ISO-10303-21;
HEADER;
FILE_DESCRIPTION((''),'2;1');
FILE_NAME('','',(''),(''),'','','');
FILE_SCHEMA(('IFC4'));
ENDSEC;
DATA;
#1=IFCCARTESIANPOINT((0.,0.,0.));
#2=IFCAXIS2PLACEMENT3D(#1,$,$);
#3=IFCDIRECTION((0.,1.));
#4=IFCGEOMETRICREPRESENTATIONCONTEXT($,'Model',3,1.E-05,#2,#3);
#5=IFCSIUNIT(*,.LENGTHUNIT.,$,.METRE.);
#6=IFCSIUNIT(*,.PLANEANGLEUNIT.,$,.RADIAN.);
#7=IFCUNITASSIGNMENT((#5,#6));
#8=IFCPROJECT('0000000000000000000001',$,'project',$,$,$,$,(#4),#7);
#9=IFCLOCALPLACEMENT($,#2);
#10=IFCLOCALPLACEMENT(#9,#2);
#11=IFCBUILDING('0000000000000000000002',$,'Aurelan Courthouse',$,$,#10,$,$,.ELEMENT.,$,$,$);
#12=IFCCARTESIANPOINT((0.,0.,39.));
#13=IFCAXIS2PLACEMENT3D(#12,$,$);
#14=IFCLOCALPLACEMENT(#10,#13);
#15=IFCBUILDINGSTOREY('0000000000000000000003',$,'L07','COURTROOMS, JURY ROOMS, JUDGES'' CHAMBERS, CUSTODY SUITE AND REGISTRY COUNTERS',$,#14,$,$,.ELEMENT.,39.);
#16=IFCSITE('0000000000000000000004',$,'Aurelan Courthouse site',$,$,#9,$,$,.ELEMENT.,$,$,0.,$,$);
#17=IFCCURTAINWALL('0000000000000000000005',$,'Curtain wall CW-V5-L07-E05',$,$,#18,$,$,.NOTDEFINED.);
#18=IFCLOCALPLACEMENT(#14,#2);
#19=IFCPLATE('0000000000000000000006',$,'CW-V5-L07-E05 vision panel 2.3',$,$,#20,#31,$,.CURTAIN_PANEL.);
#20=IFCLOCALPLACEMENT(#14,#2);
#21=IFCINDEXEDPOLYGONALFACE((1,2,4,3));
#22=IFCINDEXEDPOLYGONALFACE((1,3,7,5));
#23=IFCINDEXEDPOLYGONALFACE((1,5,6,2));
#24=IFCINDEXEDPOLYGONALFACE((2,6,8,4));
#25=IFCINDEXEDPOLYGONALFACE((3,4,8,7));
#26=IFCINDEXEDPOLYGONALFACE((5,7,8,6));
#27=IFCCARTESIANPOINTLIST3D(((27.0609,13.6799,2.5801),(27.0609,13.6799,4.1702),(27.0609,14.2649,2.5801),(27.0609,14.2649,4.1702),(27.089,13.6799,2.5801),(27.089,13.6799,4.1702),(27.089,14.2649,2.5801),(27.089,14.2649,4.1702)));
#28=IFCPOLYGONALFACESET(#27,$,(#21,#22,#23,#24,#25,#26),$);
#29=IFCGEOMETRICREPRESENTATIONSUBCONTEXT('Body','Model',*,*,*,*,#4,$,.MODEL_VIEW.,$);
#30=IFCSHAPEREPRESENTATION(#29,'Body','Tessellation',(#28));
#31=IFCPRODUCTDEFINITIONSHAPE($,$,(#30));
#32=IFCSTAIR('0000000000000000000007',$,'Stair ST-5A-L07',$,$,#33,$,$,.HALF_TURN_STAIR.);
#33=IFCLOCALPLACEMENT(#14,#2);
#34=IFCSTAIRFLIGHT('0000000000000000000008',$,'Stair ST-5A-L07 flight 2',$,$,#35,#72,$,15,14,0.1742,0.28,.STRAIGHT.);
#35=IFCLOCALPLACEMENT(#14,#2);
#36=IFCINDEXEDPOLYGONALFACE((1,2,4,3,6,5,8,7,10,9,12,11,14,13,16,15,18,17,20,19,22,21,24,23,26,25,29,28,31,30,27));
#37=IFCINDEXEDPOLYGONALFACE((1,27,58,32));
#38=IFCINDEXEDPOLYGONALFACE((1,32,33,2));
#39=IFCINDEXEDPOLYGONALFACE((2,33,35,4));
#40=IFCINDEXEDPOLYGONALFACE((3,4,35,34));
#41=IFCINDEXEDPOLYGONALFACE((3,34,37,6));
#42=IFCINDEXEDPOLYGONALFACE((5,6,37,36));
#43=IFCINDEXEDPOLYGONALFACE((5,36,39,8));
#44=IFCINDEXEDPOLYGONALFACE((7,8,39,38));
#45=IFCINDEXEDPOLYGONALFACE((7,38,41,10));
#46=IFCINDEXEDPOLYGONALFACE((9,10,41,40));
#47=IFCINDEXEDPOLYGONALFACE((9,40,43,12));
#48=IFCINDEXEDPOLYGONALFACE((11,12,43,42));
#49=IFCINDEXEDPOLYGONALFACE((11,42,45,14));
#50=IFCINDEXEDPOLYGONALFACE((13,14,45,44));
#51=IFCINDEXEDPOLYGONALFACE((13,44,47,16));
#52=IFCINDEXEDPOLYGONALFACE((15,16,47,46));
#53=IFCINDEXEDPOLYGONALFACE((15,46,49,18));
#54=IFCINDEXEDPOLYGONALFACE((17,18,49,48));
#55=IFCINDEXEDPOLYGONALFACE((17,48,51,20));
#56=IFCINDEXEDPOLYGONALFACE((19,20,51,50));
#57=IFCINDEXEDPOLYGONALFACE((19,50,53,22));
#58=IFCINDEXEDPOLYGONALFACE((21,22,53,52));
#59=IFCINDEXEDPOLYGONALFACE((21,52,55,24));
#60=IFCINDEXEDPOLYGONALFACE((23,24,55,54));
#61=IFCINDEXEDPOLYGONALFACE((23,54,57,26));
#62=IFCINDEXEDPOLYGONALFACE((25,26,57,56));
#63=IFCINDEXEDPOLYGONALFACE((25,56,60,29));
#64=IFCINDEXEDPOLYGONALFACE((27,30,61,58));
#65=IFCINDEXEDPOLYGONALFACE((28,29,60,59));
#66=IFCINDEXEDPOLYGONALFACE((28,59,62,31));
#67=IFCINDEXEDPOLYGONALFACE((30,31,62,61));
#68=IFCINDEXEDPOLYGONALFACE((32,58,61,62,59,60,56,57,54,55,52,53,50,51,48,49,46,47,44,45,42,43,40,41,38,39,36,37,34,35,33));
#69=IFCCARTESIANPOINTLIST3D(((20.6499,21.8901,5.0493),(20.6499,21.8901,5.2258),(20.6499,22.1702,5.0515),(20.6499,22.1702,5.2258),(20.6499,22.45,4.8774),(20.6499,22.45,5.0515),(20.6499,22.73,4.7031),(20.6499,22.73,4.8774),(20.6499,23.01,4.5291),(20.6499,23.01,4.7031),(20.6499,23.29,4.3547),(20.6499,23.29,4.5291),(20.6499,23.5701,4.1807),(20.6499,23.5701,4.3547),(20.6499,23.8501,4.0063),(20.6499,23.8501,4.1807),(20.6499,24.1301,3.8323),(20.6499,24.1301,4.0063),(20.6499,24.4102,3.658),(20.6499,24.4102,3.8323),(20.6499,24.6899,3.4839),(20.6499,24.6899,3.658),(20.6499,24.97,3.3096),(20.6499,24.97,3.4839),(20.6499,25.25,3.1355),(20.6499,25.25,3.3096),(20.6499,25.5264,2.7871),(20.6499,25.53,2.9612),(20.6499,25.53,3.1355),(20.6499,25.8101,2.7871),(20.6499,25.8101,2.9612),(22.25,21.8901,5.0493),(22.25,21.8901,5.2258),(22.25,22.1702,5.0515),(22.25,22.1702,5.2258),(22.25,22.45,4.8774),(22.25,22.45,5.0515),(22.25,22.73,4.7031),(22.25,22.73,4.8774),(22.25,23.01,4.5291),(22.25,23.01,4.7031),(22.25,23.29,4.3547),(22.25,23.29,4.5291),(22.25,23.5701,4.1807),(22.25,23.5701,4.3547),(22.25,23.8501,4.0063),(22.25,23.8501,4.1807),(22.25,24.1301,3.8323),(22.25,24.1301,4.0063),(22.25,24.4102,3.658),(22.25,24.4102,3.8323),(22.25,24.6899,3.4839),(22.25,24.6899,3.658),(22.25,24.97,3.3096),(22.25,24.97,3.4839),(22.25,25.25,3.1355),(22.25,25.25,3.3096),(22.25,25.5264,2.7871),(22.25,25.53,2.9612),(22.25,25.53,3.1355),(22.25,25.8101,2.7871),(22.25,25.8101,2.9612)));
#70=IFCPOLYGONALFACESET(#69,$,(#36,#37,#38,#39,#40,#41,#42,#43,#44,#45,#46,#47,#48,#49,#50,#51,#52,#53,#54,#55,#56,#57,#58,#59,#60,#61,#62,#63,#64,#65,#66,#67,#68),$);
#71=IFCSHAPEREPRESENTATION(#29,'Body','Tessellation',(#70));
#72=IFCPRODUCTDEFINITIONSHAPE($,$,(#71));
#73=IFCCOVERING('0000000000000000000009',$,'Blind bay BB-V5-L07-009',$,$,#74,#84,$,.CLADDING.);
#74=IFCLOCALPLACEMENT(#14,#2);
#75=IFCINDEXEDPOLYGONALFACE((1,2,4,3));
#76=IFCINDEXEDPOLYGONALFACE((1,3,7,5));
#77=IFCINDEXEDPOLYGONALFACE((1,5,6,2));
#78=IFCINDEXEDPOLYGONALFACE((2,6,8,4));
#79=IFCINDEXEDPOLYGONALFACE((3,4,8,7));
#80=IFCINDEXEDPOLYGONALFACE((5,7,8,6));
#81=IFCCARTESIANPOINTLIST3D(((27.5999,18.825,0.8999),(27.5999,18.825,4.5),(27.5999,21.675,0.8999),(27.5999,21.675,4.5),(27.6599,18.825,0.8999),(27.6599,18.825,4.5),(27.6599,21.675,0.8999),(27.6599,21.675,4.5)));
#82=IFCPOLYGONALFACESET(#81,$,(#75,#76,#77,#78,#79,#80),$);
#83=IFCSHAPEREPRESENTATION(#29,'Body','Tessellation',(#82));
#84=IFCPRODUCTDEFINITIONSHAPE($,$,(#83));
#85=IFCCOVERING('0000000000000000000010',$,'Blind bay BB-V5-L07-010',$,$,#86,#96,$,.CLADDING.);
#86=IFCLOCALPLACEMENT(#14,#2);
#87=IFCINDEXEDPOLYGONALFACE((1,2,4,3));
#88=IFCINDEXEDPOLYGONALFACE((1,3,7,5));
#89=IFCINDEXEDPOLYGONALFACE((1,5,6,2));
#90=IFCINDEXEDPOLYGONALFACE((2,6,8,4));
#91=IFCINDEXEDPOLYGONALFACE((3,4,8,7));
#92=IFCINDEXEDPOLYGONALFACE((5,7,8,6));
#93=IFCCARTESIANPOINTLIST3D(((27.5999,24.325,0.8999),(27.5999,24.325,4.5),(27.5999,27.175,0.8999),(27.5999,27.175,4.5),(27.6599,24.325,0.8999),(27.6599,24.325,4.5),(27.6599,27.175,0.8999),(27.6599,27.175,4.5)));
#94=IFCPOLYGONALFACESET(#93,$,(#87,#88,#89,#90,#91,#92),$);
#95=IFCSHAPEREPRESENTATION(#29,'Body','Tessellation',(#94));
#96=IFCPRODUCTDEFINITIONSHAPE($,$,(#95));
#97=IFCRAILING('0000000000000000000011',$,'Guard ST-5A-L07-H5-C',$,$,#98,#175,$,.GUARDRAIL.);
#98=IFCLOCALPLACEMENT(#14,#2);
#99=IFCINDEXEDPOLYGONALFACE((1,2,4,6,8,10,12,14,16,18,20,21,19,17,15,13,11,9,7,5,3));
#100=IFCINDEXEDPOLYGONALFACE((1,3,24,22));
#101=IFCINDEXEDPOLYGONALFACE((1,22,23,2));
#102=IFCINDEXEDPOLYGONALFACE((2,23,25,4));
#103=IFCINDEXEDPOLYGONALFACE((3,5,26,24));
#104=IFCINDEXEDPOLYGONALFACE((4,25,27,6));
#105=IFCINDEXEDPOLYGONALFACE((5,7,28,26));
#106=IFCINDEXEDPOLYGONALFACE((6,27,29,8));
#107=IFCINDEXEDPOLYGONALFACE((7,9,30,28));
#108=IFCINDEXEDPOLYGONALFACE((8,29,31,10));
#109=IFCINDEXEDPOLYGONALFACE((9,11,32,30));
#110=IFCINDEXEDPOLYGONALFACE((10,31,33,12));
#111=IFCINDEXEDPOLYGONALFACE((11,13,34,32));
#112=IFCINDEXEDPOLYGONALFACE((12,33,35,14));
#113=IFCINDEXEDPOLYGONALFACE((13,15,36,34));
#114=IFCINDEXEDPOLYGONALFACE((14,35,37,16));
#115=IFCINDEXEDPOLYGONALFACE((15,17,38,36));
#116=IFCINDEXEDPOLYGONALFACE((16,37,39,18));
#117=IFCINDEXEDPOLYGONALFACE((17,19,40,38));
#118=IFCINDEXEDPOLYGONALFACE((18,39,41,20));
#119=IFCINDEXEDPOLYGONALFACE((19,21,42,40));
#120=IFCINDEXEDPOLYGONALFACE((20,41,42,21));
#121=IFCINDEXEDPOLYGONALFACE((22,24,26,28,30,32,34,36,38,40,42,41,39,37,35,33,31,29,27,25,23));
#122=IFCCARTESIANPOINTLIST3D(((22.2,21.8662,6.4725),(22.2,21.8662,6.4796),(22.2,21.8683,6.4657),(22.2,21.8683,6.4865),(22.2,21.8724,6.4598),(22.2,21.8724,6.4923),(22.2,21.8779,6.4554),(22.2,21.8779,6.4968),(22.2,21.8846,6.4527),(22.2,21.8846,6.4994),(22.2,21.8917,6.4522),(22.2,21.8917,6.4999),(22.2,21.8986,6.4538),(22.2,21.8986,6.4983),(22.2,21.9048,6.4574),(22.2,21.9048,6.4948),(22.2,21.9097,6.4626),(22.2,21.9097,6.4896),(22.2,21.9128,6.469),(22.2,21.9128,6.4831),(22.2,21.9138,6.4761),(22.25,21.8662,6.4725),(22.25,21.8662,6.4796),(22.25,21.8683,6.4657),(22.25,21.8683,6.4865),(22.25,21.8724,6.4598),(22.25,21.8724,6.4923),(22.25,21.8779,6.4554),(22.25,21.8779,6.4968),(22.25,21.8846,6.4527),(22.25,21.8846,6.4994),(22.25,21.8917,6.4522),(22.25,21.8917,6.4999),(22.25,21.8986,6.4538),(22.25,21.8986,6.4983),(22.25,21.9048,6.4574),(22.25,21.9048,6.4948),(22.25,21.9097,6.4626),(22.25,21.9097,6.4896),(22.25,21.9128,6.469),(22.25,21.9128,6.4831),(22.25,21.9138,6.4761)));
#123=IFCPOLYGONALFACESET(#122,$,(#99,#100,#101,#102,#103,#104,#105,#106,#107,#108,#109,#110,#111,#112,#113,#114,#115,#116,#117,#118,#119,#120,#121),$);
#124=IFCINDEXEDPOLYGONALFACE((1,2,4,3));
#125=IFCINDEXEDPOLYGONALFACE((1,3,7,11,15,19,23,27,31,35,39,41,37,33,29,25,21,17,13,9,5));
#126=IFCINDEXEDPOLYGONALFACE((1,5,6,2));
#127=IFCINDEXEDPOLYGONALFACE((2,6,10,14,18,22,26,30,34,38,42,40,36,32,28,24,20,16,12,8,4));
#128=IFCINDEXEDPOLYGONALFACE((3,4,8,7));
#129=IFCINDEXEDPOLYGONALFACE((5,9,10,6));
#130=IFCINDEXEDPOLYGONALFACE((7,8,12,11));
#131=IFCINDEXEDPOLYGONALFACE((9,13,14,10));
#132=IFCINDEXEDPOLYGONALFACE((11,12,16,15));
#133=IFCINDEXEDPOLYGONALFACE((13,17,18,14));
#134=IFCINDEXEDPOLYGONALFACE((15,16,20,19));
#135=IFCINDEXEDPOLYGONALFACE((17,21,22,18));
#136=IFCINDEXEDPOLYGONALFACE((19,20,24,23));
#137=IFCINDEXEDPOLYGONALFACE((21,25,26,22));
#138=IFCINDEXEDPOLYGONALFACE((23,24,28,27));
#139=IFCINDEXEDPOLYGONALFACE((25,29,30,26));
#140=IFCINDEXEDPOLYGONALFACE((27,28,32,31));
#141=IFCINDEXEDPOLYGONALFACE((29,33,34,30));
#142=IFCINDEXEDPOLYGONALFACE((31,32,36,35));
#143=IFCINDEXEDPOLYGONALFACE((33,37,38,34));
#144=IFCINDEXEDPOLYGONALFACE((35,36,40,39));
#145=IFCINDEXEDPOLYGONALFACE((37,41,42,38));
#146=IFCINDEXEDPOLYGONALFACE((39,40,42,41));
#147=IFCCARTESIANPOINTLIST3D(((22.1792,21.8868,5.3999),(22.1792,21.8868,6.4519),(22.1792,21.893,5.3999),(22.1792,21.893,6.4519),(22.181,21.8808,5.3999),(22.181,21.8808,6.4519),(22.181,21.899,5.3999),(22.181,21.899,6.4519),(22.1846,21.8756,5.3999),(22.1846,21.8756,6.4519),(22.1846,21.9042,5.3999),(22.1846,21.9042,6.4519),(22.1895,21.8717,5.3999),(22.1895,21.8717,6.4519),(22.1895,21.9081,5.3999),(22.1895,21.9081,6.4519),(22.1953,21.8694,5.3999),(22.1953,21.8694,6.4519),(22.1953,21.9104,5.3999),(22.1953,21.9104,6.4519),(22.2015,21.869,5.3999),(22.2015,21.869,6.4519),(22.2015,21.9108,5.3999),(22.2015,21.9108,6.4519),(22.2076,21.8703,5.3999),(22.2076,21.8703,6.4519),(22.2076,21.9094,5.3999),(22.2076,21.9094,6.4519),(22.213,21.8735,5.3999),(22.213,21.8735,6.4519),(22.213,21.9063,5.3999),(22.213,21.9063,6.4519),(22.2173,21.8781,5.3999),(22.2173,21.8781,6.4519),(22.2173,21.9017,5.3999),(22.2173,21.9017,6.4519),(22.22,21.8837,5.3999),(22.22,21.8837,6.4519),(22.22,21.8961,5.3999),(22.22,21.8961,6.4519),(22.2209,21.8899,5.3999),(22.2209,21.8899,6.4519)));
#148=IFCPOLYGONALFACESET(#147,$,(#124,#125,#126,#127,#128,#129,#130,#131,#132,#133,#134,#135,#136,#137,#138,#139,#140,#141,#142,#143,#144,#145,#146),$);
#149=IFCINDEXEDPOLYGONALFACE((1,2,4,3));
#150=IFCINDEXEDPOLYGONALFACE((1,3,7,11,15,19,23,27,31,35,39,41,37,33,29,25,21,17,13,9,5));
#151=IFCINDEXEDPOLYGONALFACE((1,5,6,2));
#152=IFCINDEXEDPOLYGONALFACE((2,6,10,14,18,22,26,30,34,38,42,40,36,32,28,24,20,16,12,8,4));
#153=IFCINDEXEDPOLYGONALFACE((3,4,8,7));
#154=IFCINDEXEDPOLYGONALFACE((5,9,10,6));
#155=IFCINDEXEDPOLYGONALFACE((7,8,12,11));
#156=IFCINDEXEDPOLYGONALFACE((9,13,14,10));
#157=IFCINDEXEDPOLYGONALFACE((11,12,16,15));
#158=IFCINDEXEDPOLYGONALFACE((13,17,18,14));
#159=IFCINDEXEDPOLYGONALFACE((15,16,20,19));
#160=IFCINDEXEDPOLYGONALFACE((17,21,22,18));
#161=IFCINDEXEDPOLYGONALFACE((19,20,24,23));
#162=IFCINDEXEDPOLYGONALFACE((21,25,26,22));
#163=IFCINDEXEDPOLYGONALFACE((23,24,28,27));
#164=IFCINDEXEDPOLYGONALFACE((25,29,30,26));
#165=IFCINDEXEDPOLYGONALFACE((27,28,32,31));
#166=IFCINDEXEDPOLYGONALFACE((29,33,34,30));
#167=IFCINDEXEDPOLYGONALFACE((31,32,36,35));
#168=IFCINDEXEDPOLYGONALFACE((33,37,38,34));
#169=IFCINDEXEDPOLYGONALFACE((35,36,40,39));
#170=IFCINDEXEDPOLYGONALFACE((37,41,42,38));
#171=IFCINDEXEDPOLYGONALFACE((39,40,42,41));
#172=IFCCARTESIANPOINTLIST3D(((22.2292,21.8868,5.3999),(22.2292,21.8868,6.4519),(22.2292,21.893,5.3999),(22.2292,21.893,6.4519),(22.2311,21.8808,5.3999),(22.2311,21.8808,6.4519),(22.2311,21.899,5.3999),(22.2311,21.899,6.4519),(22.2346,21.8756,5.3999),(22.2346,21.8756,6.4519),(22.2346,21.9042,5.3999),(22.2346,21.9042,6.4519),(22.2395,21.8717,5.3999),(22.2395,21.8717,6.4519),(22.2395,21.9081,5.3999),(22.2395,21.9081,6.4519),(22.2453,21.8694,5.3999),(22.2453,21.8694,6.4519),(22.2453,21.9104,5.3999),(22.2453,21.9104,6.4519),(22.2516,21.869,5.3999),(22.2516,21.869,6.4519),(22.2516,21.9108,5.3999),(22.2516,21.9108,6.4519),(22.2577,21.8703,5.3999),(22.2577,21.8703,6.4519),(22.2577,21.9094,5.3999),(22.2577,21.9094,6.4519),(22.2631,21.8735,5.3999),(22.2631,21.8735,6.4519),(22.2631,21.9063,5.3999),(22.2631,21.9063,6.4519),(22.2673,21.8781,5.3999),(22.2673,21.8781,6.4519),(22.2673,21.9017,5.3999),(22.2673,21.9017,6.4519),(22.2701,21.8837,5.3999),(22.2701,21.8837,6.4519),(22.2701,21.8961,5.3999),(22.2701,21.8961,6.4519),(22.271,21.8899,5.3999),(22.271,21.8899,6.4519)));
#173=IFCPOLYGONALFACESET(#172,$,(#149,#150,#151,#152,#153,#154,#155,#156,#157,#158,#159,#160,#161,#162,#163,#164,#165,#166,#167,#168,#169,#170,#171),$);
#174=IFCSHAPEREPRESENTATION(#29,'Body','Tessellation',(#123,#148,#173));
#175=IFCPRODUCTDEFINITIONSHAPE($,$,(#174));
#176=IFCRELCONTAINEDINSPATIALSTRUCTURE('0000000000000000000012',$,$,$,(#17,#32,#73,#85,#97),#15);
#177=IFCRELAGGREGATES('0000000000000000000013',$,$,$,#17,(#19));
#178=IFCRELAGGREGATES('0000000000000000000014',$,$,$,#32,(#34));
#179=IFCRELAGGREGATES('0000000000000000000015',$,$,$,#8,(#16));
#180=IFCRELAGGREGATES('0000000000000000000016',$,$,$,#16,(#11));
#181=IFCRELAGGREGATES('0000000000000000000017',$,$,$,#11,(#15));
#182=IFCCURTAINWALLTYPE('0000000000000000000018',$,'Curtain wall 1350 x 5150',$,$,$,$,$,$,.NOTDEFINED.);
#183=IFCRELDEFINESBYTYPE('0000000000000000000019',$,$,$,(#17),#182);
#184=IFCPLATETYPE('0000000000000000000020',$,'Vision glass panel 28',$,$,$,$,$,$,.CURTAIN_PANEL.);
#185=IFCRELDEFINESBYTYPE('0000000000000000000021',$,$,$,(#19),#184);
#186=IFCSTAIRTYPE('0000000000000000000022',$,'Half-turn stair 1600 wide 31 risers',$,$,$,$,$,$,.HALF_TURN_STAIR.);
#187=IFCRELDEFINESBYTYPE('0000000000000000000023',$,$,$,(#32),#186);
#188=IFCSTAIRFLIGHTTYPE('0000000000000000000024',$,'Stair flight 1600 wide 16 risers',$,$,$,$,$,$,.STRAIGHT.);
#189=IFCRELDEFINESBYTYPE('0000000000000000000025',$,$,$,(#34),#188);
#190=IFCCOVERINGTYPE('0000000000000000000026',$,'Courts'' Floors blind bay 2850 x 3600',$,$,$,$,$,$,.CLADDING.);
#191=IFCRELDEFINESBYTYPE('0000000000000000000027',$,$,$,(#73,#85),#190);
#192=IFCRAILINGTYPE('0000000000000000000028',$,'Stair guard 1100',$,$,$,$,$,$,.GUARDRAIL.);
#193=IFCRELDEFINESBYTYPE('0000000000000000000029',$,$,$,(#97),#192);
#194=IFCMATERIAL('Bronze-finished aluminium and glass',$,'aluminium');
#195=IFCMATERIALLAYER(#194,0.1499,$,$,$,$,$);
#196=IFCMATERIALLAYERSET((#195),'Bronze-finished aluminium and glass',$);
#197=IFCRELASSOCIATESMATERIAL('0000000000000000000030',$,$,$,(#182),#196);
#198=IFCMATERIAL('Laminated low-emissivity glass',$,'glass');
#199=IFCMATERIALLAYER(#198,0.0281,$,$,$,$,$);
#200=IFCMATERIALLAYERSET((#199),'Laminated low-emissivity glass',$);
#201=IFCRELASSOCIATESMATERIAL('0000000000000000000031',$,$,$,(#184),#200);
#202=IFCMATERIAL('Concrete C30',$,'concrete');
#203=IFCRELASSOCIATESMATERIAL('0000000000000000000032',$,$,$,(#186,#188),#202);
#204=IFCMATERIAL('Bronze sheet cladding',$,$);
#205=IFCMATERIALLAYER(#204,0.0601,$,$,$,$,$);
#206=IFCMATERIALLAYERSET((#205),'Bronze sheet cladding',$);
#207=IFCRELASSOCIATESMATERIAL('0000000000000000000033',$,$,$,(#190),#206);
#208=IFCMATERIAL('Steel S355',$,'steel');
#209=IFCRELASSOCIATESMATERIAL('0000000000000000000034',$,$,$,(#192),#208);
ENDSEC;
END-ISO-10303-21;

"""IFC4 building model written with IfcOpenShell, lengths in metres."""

from ifc_helpers import new_model, si_unit, direction, frame, origin, origin_2d, place, context, subcontext, project, spatial, polyline, rectangle, circle, outline, extrude, material, layer, layer_set, type_object, element, aggregate, save


model = new_model("IFC4")

# Units and contexts
model_context = context("Model", 3, precision=1e-05, world=origin(), true_north=direction((0.0, 1.0)))
body_context = subcontext(model_context, "Body", "Model", "MODEL_VIEW")
ifc_project = project(units=[si_unit("LENGTHUNIT", "METRE"), si_unit("PLANEANGLEUNIT", "RADIAN")], contexts=[model_context])

# Site, building, storey
site_placement = place(None, origin())
site = spatial("IfcSite", under=ifc_project, at=site_placement, Name="Aurelan Courthouse site", CompositionType="ELEMENT", RefElevation=0.0)
building_placement = place(site_placement, origin())
building = spatial("IfcBuilding", under=site, at=building_placement, Name="Aurelan Courthouse", CompositionType="ELEMENT")
storey_placement = place(building_placement, frame((0.0, 0.0, 39.0)))
storey = spatial("IfcBuildingStorey", under=building, at=storey_placement, Name="L07", Description="COURTROOMS, JURY ROOMS, JUDGES' CHAMBERS, CUSTODY SUITE AND REGISTRY COUNTERS", CompositionType="ELEMENT", Elevation=39.0)

# Curtain wall, plate
ifc_material_1 = material(Name="Bronze-finished aluminium and glass", Category="aluminium")
ifc_layer_1 = layer(ifc_material_1, 0.1499)
ifc_layer_set_1 = layer_set([ifc_layer_1], Name="Bronze-finished aluminium and glass")
curtain_wall_type = type_object("IfcCurtainWallType", Name="Curtain wall 1350 x 5150", PredefinedType="NOTDEFINED", material=ifc_layer_set_1)
curtain_wall_placement = place(storey_placement, origin())
curtain_wall = element("IfcCurtainWall", 1, at=curtain_wall_placement, inside=storey, type_object=curtain_wall_type, Name="Curtain wall CW-V5-L07-E05", PredefinedType="NOTDEFINED")
ifc_material_2 = material(Name="Laminated low-emissivity glass", Category="glass")
ifc_layer_2 = layer(ifc_material_2, 0.0281)
ifc_layer_set_2 = layer_set([ifc_layer_2], Name="Laminated low-emissivity glass")
plate_type_1 = type_object("IfcPlateType", Name="Vision glass panel 28", PredefinedType="CURTAIN_PANEL", material=ifc_layer_set_2)
plate_1_placement = place(storey_placement, frame((27.075, 13.9724, 2.5801), z_axis=(0.0, 0.0, 1.0), x_axis=(0.0, 1.0, 0.0)))
plate_1 = element("IfcPlate", 2, at=plate_1_placement, type_object=plate_type_1, Name="CW-V5-L07-E05 vision panel 2.3", PredefinedType="CURTAIN_PANEL", context=body_context, shape_type="SweptSolid", body=[
    extrude(rectangle(XDim=0.585, YDim=0.0281, at=origin_2d()), origin(), (0.0, 0.0, 1.0), 1.5901),
])
aggregate(curtain_wall, [plate_1])

# Stair, stair flight
ifc_material_3 = material(Name="Concrete C30", Category="concrete")
stair_type = type_object("IfcStairType", Name="Half-turn stair 1600 wide 31 risers", PredefinedType="HALF_TURN_STAIR", material=ifc_material_3)
stair_placement = place(storey_placement, origin())
stair = element("IfcStair", 3, at=stair_placement, inside=storey, type_object=stair_type, Name="Stair ST-5A-L07", PredefinedType="HALF_TURN_STAIR")
stair_flight_type = type_object("IfcStairFlightType", Name="Stair flight 1600 wide 16 risers", PredefinedType="STRAIGHT", material=ifc_material_3)
stair_flight_placement = place(storey_placement, frame((21.45, 25.8101, 2.7871), z_axis=(0.0, 0.0, 1.0), x_axis=(0.0, -1.0, 0.0)))
stair_flight = element("IfcStairFlight", 4, at=stair_flight_placement, type_object=stair_flight_type, Name="Stair ST-5A-L07 flight 2", NumberOfRisers=15, NumberOfTreads=14, PredefinedType="STRAIGHT", RiserHeight=0.1742, TreadLength=0.28, context=body_context, shape_type="SweptSolid", body=[
    extrude(outline(polyline([(0.0, 0.0), (0.0, 0.1741), (0.28, 0.1741), (0.28, 0.3484), (0.5601, 0.3484), (0.5601, 0.5225), (0.8401, 0.5225), (0.8401, 0.6968), (1.1201, 0.6968), (1.1201, 0.8708), (1.3999, 0.8708), (1.3999, 1.0452), (1.6799, 1.0452), (1.6799, 1.2192), (1.96, 1.2192), (1.96, 1.3936), (2.24, 1.3936), (2.24, 1.5676), (2.52, 1.5676), (2.52, 1.7419), (2.8, 1.7419), (2.8, 1.916), (3.0801, 1.916), (3.0801, 2.0903), (3.3601, 2.0903), (3.3601, 2.2644), (3.6399, 2.2644), (3.6399, 2.4387), (3.9199, 2.4387), (3.9199, 2.6128), (3.9199, 2.2622), (0.2837, 0.0), (0.0, 0.0)])), frame((0.0, 0.8, 0.0), z_axis=(0.0, -1.0, 0.0), x_axis=(1.0, 0.0, 0.0)), (0.0, 0.0, 1.0), 1.6001),
])
aggregate(stair, [stair_flight])

# Coverings
ifc_material_4 = material(Name="Bronze sheet cladding")
ifc_layer_3 = layer(ifc_material_4, 0.0601)
ifc_layer_set_3 = layer_set([ifc_layer_3], Name="Bronze sheet cladding")
covering_type = type_object("IfcCoveringType", Name="Courts' Floors blind bay 2850 x 3600", PredefinedType="CLADDING", material=ifc_layer_set_3)
for number, where, z_axis, x_axis, name in (
    (5, (27.6299, 20.25, 0.8999), (0.0, 0.0, 1.0), (1.0, 0.0, 0.0), "Blind bay BB-V5-L07-009"),
    (6, (27.6299, 25.75, 0.8999), (0.0, 0.0, 1.0), (1.0, 0.0, 0.0), "Blind bay BB-V5-L07-010"),
):
    element("IfcCovering", number, at=place(storey_placement, frame(where, z_axis=z_axis, x_axis=x_axis)), inside=storey, type_object=covering_type, Name=name, PredefinedType="CLADDING", context=body_context, shape_type="SweptSolid", body=[
        extrude(rectangle(XDim=0.0601, YDim=2.8501, at=origin_2d()), origin(), (0.0, 0.0, 1.0), 3.6001),
    ])

# Railing
ifc_material_5 = material(Name="Steel S355", Category="steel")
railing_type_1 = type_object("IfcRailingType", Name="Stair guard 1100", PredefinedType="GUARDRAIL", material=ifc_material_5)
railing_placement = place(storey_placement, frame((22.2, 21.8899, 5.3999)))
element("IfcRailing", 7, at=railing_placement, inside=storey, type_object=railing_type_1, Name="Guard ST-5A-L07-H5-C", PredefinedType="GUARDRAIL", context=body_context, shape_type="SweptSolid", body=[
    extrude(circle(Radius=0.0239, at=origin_2d()), frame((0.0, 0.0, 1.0762), z_axis=(1.0, 0.0, 0.0), x_axis=(0.0, 1.0, 0.0)), (0.0, 0.0, 1.0), 0.05),
    extrude(circle(Radius=0.021, at=origin_2d()), origin(), (0.0, 0.0, 1.0), 1.052),
    extrude(circle(Radius=0.021, at=origin_2d()), frame((0.05, 0.0, 0.0)), (0.0, 0.0, 1.0), 1.052),
])

save(model, "model.ifc")
